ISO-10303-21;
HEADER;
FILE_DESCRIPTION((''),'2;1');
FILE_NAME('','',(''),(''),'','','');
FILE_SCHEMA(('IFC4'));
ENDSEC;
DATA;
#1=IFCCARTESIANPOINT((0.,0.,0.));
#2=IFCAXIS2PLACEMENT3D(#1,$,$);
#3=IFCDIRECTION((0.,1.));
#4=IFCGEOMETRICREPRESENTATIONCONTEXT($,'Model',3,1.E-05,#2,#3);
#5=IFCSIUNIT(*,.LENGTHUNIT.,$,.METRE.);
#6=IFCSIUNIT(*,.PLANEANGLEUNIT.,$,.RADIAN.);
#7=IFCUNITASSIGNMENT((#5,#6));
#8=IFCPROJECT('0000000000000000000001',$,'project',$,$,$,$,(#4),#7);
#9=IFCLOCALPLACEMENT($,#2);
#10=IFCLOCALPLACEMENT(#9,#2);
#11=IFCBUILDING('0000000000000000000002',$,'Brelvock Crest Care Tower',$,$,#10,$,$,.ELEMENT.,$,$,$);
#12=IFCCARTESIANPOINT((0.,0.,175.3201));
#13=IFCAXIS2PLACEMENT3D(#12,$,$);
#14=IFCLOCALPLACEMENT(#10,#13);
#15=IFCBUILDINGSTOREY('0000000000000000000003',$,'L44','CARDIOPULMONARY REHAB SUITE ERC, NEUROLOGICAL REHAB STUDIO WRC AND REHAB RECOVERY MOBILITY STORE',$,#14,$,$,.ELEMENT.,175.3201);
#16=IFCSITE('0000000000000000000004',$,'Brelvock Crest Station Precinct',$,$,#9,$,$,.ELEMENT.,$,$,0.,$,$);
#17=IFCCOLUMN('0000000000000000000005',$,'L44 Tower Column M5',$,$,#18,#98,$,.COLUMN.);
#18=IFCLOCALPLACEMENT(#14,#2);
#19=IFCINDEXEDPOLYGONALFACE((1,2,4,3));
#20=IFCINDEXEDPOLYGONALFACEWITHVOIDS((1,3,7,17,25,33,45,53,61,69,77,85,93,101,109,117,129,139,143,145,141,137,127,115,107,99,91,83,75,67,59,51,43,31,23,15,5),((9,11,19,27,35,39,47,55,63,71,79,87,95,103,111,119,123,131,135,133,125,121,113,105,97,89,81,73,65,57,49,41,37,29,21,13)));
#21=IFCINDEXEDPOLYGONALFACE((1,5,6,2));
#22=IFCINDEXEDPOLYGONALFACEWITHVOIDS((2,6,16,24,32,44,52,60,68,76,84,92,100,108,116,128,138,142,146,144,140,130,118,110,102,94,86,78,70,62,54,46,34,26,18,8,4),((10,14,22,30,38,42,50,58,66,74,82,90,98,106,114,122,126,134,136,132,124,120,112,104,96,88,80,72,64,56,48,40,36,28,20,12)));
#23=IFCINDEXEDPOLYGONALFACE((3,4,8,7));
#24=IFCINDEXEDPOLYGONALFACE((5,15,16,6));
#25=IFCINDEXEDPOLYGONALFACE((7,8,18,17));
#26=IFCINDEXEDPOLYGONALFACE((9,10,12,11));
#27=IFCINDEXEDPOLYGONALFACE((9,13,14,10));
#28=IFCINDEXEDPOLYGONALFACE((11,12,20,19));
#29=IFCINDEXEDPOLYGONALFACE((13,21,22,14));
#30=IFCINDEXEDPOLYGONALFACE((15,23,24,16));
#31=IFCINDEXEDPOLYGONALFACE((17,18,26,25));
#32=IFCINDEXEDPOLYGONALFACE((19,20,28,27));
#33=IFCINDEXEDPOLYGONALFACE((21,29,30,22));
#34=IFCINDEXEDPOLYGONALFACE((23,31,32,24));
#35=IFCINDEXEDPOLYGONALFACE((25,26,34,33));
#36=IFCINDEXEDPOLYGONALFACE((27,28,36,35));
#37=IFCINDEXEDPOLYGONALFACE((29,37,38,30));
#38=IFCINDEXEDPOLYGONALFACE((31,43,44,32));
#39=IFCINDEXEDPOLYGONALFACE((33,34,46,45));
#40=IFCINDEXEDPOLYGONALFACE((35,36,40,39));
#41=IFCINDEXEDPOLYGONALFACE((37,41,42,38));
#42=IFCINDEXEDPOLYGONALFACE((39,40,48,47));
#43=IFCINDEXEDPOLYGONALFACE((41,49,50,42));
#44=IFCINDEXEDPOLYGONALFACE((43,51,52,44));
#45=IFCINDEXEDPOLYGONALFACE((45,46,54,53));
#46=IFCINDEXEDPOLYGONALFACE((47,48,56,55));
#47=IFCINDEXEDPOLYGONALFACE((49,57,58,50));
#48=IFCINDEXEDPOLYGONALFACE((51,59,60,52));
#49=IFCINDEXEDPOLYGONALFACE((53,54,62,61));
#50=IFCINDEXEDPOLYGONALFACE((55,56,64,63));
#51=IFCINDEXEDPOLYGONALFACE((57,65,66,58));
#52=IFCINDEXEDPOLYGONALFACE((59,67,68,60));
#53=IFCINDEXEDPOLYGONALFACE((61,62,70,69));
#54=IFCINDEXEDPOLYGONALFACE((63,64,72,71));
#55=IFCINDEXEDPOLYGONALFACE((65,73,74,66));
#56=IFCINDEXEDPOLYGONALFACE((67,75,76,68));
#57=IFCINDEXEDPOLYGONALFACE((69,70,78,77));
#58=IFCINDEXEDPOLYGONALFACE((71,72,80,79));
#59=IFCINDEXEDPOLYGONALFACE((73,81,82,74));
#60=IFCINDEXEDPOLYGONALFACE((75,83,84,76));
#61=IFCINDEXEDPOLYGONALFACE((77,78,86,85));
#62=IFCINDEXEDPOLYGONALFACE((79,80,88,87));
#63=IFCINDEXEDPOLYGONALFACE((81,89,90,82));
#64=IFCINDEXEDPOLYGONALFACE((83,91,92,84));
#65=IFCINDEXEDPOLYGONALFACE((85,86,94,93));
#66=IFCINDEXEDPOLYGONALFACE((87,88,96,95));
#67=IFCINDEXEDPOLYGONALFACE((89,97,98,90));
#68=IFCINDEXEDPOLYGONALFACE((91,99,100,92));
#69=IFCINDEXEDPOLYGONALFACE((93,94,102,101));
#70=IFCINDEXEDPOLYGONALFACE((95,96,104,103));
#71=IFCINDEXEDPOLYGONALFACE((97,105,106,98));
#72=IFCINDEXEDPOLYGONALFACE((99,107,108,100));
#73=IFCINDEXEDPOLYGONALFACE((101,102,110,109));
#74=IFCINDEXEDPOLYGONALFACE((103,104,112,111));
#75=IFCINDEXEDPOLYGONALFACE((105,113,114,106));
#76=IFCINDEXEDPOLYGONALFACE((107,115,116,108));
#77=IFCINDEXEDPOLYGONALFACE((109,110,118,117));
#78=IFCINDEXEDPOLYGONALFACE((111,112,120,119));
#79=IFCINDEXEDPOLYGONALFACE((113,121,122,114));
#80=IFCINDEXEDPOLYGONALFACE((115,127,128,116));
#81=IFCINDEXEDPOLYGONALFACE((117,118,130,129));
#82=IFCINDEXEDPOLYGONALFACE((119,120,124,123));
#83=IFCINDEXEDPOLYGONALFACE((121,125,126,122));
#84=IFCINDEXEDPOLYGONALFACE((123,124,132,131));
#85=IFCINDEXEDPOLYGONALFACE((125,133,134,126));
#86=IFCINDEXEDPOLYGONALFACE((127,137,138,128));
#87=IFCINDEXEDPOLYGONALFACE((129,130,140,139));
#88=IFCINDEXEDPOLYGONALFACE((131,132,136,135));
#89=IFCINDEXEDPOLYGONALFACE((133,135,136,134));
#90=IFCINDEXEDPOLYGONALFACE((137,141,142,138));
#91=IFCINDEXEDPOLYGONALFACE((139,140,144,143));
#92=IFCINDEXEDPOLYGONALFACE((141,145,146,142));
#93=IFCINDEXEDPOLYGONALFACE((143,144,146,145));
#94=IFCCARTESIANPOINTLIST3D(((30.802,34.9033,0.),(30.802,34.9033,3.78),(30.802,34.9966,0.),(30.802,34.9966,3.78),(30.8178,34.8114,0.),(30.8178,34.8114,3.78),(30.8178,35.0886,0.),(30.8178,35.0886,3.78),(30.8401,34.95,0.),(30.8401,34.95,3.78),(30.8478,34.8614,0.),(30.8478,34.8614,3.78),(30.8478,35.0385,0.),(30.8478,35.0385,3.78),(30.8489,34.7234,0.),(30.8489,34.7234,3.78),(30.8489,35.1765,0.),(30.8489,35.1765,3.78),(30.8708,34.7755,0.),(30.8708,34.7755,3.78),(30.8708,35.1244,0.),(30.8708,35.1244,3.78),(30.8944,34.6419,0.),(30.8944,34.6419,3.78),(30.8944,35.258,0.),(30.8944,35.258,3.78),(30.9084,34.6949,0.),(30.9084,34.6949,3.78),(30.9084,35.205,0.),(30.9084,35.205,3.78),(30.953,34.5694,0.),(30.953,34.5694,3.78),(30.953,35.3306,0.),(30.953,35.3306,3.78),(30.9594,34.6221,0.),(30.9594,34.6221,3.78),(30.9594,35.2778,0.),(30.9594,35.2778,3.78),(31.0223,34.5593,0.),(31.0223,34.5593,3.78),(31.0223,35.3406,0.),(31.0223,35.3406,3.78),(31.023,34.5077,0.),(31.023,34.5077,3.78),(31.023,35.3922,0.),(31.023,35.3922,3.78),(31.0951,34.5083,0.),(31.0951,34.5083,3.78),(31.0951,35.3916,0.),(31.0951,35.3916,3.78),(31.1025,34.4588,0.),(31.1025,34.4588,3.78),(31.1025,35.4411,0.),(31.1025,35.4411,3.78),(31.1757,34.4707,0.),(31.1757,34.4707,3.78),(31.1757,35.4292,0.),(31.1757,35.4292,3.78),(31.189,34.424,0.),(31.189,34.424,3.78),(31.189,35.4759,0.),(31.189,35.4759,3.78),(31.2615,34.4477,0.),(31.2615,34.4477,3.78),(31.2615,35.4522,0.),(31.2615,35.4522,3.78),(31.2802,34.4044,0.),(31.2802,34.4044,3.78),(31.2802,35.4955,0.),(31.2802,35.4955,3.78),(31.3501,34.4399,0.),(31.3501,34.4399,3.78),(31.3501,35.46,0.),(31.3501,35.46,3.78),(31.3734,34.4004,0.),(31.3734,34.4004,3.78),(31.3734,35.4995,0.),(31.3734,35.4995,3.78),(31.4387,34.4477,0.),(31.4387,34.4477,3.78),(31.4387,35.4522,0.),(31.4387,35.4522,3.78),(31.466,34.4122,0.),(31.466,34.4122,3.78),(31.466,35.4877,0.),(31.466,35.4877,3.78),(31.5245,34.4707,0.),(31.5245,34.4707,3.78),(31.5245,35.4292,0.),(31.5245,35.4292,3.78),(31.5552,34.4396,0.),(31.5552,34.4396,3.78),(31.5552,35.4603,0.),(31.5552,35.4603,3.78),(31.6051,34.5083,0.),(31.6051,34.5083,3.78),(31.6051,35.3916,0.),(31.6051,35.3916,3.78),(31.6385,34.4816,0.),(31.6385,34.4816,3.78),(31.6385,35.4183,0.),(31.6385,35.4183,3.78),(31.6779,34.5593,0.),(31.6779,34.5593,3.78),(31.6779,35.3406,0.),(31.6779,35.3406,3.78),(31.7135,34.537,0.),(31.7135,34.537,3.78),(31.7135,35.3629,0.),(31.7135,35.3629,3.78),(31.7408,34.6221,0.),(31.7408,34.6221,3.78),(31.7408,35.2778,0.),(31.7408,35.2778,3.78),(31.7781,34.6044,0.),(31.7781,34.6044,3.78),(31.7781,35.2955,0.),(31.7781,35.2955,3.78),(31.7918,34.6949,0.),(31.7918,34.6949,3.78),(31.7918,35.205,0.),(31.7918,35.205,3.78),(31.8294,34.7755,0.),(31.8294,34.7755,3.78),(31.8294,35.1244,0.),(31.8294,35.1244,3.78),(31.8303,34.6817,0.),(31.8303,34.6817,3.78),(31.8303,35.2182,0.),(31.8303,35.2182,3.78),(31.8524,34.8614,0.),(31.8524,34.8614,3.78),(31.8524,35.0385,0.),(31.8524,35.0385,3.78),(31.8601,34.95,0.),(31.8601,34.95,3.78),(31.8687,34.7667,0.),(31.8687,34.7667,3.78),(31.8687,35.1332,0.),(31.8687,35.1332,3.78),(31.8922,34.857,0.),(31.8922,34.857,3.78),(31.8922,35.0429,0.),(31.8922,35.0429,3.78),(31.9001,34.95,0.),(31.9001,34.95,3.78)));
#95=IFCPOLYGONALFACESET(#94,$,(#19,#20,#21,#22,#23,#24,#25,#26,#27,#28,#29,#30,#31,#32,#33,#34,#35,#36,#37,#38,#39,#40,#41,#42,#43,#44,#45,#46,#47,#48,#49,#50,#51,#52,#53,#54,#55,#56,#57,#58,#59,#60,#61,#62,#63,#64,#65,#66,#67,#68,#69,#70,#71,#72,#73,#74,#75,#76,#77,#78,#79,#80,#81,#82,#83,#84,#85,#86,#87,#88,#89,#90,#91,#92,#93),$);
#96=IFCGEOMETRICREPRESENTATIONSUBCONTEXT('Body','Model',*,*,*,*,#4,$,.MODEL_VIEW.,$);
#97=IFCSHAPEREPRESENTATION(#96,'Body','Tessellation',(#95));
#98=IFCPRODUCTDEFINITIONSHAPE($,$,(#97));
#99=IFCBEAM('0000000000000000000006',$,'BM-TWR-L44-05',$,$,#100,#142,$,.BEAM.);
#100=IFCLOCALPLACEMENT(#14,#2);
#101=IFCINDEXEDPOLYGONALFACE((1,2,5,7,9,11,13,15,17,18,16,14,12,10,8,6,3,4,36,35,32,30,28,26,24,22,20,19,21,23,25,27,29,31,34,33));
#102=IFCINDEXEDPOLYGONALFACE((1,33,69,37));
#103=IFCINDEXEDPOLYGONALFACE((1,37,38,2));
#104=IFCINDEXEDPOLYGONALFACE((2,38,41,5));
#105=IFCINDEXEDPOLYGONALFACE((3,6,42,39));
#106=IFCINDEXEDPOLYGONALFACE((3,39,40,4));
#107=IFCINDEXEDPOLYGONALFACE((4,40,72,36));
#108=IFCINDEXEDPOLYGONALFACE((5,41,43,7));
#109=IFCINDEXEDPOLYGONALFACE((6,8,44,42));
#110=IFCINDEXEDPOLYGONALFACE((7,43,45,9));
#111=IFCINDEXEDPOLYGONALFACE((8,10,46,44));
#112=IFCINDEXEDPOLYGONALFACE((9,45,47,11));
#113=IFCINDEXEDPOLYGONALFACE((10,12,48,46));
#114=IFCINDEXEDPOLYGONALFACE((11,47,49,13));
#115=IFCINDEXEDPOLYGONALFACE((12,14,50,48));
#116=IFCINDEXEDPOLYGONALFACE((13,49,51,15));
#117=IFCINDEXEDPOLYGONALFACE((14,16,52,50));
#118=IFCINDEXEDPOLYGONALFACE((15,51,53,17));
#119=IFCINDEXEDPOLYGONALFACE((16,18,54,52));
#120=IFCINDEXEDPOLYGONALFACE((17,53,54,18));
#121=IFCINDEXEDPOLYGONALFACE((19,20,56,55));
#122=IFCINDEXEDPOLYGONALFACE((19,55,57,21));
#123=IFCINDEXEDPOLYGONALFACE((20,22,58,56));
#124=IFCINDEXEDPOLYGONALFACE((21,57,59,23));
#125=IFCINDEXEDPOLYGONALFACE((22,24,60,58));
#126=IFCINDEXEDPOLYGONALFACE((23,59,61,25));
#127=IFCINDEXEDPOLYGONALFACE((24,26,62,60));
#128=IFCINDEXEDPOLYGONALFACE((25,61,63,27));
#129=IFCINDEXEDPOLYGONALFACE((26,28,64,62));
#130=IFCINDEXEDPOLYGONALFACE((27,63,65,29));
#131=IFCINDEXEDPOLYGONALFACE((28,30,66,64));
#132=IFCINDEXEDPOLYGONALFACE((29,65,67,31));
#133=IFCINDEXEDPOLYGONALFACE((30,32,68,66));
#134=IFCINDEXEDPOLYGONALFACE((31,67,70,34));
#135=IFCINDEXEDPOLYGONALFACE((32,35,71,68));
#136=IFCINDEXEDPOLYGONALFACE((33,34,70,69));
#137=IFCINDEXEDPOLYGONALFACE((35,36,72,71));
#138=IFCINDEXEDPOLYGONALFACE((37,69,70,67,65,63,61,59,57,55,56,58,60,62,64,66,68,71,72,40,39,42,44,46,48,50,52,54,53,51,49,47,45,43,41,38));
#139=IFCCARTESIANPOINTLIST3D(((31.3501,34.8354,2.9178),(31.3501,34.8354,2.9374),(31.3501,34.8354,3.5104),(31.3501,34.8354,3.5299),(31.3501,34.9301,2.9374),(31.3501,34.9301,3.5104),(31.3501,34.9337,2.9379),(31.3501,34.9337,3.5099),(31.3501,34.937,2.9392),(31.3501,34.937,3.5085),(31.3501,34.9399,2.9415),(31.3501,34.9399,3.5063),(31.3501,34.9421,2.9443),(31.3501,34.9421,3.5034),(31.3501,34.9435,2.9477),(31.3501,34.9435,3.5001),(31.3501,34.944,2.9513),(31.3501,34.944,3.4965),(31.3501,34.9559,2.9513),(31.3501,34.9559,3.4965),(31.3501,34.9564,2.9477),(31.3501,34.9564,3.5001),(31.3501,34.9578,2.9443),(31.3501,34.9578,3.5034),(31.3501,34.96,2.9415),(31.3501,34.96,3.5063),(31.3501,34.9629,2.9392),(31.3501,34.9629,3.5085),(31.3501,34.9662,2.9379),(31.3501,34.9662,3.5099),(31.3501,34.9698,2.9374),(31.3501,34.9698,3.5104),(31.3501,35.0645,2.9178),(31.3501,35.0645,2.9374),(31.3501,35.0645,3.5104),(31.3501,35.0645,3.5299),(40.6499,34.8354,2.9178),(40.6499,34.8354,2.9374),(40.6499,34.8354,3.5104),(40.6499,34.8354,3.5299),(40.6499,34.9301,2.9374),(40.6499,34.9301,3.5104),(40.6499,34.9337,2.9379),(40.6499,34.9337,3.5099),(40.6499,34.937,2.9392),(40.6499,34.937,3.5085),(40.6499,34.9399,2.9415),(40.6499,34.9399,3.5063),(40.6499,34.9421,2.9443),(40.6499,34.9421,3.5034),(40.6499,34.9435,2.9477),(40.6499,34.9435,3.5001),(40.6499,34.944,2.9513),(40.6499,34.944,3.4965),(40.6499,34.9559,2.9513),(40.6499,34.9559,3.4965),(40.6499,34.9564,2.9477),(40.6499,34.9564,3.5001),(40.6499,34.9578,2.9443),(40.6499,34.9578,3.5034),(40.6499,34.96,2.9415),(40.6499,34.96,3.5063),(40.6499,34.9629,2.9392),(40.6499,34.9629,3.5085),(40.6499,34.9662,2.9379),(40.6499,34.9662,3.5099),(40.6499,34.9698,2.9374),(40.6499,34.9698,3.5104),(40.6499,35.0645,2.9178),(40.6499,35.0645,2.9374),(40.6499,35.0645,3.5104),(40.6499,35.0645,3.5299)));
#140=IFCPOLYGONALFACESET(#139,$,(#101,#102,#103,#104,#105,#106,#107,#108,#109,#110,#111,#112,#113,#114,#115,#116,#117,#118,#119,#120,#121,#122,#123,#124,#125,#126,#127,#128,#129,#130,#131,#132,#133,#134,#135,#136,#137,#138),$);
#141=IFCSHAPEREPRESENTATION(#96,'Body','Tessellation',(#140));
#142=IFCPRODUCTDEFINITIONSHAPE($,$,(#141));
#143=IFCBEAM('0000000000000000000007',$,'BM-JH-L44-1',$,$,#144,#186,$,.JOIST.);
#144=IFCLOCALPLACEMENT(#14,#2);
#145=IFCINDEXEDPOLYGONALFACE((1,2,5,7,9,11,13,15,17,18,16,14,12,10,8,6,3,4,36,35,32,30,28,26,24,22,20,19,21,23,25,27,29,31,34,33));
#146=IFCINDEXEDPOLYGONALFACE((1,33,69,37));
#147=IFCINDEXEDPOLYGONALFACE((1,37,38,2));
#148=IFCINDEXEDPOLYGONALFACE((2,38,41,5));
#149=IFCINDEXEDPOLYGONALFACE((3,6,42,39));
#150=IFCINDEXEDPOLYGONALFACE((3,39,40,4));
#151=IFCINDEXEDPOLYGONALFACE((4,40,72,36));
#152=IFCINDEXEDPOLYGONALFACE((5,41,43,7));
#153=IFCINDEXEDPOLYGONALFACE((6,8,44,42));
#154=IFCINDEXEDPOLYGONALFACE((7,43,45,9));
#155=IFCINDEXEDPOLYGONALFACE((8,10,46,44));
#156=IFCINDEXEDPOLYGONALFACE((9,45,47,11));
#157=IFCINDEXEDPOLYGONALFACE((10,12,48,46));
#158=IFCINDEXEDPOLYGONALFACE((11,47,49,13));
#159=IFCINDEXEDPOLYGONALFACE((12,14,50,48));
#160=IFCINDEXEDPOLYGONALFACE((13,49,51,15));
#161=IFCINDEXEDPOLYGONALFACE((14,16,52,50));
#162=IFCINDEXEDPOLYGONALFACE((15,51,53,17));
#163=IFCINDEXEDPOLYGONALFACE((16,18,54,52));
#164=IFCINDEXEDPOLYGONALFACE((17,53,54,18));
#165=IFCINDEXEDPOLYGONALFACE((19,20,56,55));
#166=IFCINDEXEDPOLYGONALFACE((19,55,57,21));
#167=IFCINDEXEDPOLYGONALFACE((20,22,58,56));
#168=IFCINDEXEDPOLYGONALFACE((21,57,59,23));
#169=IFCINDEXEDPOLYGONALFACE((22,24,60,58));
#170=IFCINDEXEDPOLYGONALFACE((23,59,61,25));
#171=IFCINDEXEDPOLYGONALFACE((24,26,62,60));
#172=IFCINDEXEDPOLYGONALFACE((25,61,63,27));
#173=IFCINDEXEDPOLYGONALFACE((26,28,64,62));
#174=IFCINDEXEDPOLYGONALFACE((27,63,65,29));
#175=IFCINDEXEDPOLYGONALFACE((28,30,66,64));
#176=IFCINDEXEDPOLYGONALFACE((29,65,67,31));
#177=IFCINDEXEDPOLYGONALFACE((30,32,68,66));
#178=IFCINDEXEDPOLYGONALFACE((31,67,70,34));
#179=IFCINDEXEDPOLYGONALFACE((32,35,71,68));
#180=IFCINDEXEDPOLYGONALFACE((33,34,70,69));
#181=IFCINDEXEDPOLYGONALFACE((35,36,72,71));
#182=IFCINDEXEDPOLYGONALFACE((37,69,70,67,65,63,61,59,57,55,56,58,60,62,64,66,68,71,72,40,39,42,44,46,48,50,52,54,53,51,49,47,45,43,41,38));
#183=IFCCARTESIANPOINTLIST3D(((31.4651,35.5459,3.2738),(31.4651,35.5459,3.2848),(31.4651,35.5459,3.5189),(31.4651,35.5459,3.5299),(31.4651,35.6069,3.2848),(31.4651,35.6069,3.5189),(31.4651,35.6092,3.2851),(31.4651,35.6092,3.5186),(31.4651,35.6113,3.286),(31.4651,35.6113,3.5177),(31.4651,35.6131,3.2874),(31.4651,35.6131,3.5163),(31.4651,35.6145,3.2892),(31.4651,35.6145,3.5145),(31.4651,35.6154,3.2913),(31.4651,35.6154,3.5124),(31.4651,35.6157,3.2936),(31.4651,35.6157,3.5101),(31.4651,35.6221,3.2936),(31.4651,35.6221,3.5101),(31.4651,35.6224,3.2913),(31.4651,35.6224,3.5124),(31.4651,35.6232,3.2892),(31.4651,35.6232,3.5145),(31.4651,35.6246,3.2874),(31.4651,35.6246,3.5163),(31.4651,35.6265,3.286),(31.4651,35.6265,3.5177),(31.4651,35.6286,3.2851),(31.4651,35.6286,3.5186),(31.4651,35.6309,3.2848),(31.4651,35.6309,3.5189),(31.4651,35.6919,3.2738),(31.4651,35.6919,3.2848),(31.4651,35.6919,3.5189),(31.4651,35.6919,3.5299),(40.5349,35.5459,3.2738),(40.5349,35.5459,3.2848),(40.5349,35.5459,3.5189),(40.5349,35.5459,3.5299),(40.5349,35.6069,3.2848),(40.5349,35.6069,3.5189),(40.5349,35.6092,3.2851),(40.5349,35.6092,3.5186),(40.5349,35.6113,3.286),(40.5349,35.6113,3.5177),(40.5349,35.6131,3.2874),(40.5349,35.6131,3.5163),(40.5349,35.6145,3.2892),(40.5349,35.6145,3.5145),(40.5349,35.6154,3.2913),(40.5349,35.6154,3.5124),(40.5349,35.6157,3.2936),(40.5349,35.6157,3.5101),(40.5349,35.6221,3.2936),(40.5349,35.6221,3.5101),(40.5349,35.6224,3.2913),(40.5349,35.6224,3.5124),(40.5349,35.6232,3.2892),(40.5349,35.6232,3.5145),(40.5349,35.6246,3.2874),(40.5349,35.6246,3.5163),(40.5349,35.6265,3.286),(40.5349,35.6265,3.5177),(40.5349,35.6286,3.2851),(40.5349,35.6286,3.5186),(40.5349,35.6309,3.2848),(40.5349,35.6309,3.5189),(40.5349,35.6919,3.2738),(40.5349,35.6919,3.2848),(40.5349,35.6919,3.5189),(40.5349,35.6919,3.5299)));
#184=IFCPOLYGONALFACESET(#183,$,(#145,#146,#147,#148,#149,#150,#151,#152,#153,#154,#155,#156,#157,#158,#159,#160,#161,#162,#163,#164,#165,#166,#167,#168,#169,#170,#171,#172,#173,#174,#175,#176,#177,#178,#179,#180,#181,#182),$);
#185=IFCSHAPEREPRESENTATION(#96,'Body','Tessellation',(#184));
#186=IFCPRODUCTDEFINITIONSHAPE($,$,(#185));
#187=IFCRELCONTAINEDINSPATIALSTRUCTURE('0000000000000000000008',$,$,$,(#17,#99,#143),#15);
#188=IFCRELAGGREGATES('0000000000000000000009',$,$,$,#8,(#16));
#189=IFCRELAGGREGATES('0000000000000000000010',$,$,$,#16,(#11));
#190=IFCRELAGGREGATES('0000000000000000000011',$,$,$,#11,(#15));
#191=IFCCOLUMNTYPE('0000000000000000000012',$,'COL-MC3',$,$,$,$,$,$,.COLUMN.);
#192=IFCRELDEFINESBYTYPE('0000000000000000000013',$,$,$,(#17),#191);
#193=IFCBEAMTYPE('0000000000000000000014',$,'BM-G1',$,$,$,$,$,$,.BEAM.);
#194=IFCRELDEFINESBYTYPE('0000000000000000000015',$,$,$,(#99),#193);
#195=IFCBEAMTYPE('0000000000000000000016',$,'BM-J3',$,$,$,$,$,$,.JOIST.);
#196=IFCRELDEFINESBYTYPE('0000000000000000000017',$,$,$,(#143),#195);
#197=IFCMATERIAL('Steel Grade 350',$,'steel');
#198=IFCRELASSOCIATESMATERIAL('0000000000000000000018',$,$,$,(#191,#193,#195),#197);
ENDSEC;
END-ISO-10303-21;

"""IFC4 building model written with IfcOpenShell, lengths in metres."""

from ifc_helpers import new_model, si_unit, direction, frame, origin, origin_2d, place, context, subcontext, project, spatial, hollow_circle, i_section, extrude, source, transform, mapped, material, material_profile, profile_set, type_object, element, save


model = new_model("IFC4")

# Units and contexts
model_context = context("Model", 3, precision=1e-05, world=origin(), true_north=direction((0.0, 1.0)))
body_context = subcontext(model_context, "Body", "Model", "MODEL_VIEW")
ifc_project = project(units=[si_unit("LENGTHUNIT", "METRE"), si_unit("PLANEANGLEUNIT", "RADIAN")], contexts=[model_context])

# Site, building, storey
site_placement = place(None, origin())
site = spatial("IfcSite", under=ifc_project, at=site_placement, Name="Brelvock Crest Station Precinct", CompositionType="ELEMENT", RefElevation=0.0)
building_placement = place(site_placement, origin())
building = spatial("IfcBuilding", under=site, at=building_placement, Name="Brelvock Crest Care Tower", CompositionType="ELEMENT")
storey_placement = place(building_placement, frame((0.0, 0.0, 175.3201)))
storey = spatial("IfcBuildingStorey", under=building, at=storey_placement, Name="L44", Description="CARDIOPULMONARY REHAB SUITE ERC, NEUROLOGICAL REHAB STUDIO WRC AND REHAB RECOVERY MOBILITY STORE", CompositionType="ELEMENT", Elevation=175.3201)

# Column
ifc_material_1 = material(Name="Steel Grade 350", Category="steel")
ifc_material_profile_1 = material_profile(ifc_material_1, hollow_circle(Radius=0.55, WallThickness=0.04, at=origin_2d()), Name="CFT1100x40")
ifc_profile_set_1 = profile_set([ifc_material_profile_1], Name="Steel Grade 350")
column_type = type_object("IfcColumnType", Name="COL-MC3", PredefinedType="COLUMN", material=ifc_profile_set_1)
shared_shape_1 = source(origin(), body_context, "Body", "SweptSolid", [
    extrude(hollow_circle(Radius=0.55, WallThickness=0.04, at=origin_2d()), origin(), (0.0, 0.0, 1.0), 3.78),
])
column_placement = place(storey_placement, frame((31.3501, 34.95, 0.0), z_axis=(0.0, 0.0, 1.0), x_axis=(1.0, 0.0, 0.0)))
element("IfcColumn", 1, at=column_placement, inside=storey, type_object=column_type, Name="L44 Tower Column M5", PredefinedType="COLUMN", context=body_context, shape_type="MappedRepresentation", body=[
    mapped(shared_shape_1, transform((0.0, 0.0, 0.0), x_axis=(1.0, 0.0, 0.0), y_axis=(0.0, 1.0, 0.0), z_axis=(0.0, 0.0, 1.0), scale=1.0)),
])

# Beams
ifc_material_profile_2 = material_profile(ifc_material_1, i_section(OverallWidth=0.229, OverallDepth=0.6121, WebThickness=0.012, FlangeThickness=0.0195, FilletRadius=0.0139, at=origin_2d()), Name="610UB125")
ifc_profile_set_2 = profile_set([ifc_material_profile_2], Name="Steel Grade 350")
beam_type_1 = type_object("IfcBeamType", Name="BM-G1", PredefinedType="BEAM", material=ifc_profile_set_2)
shared_shape_2 = source(origin(), body_context, "Body", "SweptSolid", [
    extrude(i_section(OverallWidth=0.229, OverallDepth=0.6121, WebThickness=0.012, FlangeThickness=0.0195, FilletRadius=0.0139, at=origin_2d()), origin(), (0.0, 0.0, 1.0), 9.2998),
])
beam_1_placement = place(storey_placement, frame((31.3501, 34.95, 3.2239), z_axis=(1.0, 0.0, 0.0), x_axis=(0.0, 1.0, 0.0)))
element("IfcBeam", 2, at=beam_1_placement, inside=storey, type_object=beam_type_1, Name="BM-TWR-L44-05", PredefinedType="BEAM", context=body_context, shape_type="MappedRepresentation", body=[
    mapped(shared_shape_2, transform((0.0, 0.0, 0.0), x_axis=(1.0, 0.0, 0.0), y_axis=(0.0, 1.0, 0.0), z_axis=(0.0, 0.0, 1.0), scale=1.0)),
])
ifc_material_profile_3 = material_profile(ifc_material_1, i_section(OverallWidth=0.146, OverallDepth=0.2561, WebThickness=0.0063, FlangeThickness=0.011, FilletRadius=0.0088, at=origin_2d()), Name="250UB37.3")
ifc_profile_set_3 = profile_set([ifc_material_profile_3], Name="Steel Grade 350")
beam_type_2 = type_object("IfcBeamType", Name="BM-J3", PredefinedType="JOIST", material=ifc_profile_set_3)
shared_shape_3 = source(origin(), body_context, "Body", "SweptSolid", [
    extrude(i_section(OverallWidth=0.146, OverallDepth=0.2561, WebThickness=0.0063, FlangeThickness=0.011, FilletRadius=0.0088, at=origin_2d()), origin(), (0.0, 0.0, 1.0), 9.0698),
])
for number, where, z_axis, x_axis, name in (
    (3, (31.4651, 35.6189, 3.4019), (1.0, 0.0, 0.0), (0.0, 1.0, 0.0), "BM-JH-L44-1"),
):
    element("IfcBeam", number, at=place(storey_placement, frame(where, z_axis=z_axis, x_axis=x_axis)), inside=storey, type_object=beam_type_2, Name=name, PredefinedType="JOIST", context=body_context, shape_type="MappedRepresentation", body=[
        mapped(shared_shape_3, transform((0.0, 0.0, 0.0), x_axis=(1.0, 0.0, 0.0), y_axis=(0.0, 1.0, 0.0), z_axis=(0.0, 0.0, 1.0), scale=1.0)),
    ])

save(model, "model.ifc")
